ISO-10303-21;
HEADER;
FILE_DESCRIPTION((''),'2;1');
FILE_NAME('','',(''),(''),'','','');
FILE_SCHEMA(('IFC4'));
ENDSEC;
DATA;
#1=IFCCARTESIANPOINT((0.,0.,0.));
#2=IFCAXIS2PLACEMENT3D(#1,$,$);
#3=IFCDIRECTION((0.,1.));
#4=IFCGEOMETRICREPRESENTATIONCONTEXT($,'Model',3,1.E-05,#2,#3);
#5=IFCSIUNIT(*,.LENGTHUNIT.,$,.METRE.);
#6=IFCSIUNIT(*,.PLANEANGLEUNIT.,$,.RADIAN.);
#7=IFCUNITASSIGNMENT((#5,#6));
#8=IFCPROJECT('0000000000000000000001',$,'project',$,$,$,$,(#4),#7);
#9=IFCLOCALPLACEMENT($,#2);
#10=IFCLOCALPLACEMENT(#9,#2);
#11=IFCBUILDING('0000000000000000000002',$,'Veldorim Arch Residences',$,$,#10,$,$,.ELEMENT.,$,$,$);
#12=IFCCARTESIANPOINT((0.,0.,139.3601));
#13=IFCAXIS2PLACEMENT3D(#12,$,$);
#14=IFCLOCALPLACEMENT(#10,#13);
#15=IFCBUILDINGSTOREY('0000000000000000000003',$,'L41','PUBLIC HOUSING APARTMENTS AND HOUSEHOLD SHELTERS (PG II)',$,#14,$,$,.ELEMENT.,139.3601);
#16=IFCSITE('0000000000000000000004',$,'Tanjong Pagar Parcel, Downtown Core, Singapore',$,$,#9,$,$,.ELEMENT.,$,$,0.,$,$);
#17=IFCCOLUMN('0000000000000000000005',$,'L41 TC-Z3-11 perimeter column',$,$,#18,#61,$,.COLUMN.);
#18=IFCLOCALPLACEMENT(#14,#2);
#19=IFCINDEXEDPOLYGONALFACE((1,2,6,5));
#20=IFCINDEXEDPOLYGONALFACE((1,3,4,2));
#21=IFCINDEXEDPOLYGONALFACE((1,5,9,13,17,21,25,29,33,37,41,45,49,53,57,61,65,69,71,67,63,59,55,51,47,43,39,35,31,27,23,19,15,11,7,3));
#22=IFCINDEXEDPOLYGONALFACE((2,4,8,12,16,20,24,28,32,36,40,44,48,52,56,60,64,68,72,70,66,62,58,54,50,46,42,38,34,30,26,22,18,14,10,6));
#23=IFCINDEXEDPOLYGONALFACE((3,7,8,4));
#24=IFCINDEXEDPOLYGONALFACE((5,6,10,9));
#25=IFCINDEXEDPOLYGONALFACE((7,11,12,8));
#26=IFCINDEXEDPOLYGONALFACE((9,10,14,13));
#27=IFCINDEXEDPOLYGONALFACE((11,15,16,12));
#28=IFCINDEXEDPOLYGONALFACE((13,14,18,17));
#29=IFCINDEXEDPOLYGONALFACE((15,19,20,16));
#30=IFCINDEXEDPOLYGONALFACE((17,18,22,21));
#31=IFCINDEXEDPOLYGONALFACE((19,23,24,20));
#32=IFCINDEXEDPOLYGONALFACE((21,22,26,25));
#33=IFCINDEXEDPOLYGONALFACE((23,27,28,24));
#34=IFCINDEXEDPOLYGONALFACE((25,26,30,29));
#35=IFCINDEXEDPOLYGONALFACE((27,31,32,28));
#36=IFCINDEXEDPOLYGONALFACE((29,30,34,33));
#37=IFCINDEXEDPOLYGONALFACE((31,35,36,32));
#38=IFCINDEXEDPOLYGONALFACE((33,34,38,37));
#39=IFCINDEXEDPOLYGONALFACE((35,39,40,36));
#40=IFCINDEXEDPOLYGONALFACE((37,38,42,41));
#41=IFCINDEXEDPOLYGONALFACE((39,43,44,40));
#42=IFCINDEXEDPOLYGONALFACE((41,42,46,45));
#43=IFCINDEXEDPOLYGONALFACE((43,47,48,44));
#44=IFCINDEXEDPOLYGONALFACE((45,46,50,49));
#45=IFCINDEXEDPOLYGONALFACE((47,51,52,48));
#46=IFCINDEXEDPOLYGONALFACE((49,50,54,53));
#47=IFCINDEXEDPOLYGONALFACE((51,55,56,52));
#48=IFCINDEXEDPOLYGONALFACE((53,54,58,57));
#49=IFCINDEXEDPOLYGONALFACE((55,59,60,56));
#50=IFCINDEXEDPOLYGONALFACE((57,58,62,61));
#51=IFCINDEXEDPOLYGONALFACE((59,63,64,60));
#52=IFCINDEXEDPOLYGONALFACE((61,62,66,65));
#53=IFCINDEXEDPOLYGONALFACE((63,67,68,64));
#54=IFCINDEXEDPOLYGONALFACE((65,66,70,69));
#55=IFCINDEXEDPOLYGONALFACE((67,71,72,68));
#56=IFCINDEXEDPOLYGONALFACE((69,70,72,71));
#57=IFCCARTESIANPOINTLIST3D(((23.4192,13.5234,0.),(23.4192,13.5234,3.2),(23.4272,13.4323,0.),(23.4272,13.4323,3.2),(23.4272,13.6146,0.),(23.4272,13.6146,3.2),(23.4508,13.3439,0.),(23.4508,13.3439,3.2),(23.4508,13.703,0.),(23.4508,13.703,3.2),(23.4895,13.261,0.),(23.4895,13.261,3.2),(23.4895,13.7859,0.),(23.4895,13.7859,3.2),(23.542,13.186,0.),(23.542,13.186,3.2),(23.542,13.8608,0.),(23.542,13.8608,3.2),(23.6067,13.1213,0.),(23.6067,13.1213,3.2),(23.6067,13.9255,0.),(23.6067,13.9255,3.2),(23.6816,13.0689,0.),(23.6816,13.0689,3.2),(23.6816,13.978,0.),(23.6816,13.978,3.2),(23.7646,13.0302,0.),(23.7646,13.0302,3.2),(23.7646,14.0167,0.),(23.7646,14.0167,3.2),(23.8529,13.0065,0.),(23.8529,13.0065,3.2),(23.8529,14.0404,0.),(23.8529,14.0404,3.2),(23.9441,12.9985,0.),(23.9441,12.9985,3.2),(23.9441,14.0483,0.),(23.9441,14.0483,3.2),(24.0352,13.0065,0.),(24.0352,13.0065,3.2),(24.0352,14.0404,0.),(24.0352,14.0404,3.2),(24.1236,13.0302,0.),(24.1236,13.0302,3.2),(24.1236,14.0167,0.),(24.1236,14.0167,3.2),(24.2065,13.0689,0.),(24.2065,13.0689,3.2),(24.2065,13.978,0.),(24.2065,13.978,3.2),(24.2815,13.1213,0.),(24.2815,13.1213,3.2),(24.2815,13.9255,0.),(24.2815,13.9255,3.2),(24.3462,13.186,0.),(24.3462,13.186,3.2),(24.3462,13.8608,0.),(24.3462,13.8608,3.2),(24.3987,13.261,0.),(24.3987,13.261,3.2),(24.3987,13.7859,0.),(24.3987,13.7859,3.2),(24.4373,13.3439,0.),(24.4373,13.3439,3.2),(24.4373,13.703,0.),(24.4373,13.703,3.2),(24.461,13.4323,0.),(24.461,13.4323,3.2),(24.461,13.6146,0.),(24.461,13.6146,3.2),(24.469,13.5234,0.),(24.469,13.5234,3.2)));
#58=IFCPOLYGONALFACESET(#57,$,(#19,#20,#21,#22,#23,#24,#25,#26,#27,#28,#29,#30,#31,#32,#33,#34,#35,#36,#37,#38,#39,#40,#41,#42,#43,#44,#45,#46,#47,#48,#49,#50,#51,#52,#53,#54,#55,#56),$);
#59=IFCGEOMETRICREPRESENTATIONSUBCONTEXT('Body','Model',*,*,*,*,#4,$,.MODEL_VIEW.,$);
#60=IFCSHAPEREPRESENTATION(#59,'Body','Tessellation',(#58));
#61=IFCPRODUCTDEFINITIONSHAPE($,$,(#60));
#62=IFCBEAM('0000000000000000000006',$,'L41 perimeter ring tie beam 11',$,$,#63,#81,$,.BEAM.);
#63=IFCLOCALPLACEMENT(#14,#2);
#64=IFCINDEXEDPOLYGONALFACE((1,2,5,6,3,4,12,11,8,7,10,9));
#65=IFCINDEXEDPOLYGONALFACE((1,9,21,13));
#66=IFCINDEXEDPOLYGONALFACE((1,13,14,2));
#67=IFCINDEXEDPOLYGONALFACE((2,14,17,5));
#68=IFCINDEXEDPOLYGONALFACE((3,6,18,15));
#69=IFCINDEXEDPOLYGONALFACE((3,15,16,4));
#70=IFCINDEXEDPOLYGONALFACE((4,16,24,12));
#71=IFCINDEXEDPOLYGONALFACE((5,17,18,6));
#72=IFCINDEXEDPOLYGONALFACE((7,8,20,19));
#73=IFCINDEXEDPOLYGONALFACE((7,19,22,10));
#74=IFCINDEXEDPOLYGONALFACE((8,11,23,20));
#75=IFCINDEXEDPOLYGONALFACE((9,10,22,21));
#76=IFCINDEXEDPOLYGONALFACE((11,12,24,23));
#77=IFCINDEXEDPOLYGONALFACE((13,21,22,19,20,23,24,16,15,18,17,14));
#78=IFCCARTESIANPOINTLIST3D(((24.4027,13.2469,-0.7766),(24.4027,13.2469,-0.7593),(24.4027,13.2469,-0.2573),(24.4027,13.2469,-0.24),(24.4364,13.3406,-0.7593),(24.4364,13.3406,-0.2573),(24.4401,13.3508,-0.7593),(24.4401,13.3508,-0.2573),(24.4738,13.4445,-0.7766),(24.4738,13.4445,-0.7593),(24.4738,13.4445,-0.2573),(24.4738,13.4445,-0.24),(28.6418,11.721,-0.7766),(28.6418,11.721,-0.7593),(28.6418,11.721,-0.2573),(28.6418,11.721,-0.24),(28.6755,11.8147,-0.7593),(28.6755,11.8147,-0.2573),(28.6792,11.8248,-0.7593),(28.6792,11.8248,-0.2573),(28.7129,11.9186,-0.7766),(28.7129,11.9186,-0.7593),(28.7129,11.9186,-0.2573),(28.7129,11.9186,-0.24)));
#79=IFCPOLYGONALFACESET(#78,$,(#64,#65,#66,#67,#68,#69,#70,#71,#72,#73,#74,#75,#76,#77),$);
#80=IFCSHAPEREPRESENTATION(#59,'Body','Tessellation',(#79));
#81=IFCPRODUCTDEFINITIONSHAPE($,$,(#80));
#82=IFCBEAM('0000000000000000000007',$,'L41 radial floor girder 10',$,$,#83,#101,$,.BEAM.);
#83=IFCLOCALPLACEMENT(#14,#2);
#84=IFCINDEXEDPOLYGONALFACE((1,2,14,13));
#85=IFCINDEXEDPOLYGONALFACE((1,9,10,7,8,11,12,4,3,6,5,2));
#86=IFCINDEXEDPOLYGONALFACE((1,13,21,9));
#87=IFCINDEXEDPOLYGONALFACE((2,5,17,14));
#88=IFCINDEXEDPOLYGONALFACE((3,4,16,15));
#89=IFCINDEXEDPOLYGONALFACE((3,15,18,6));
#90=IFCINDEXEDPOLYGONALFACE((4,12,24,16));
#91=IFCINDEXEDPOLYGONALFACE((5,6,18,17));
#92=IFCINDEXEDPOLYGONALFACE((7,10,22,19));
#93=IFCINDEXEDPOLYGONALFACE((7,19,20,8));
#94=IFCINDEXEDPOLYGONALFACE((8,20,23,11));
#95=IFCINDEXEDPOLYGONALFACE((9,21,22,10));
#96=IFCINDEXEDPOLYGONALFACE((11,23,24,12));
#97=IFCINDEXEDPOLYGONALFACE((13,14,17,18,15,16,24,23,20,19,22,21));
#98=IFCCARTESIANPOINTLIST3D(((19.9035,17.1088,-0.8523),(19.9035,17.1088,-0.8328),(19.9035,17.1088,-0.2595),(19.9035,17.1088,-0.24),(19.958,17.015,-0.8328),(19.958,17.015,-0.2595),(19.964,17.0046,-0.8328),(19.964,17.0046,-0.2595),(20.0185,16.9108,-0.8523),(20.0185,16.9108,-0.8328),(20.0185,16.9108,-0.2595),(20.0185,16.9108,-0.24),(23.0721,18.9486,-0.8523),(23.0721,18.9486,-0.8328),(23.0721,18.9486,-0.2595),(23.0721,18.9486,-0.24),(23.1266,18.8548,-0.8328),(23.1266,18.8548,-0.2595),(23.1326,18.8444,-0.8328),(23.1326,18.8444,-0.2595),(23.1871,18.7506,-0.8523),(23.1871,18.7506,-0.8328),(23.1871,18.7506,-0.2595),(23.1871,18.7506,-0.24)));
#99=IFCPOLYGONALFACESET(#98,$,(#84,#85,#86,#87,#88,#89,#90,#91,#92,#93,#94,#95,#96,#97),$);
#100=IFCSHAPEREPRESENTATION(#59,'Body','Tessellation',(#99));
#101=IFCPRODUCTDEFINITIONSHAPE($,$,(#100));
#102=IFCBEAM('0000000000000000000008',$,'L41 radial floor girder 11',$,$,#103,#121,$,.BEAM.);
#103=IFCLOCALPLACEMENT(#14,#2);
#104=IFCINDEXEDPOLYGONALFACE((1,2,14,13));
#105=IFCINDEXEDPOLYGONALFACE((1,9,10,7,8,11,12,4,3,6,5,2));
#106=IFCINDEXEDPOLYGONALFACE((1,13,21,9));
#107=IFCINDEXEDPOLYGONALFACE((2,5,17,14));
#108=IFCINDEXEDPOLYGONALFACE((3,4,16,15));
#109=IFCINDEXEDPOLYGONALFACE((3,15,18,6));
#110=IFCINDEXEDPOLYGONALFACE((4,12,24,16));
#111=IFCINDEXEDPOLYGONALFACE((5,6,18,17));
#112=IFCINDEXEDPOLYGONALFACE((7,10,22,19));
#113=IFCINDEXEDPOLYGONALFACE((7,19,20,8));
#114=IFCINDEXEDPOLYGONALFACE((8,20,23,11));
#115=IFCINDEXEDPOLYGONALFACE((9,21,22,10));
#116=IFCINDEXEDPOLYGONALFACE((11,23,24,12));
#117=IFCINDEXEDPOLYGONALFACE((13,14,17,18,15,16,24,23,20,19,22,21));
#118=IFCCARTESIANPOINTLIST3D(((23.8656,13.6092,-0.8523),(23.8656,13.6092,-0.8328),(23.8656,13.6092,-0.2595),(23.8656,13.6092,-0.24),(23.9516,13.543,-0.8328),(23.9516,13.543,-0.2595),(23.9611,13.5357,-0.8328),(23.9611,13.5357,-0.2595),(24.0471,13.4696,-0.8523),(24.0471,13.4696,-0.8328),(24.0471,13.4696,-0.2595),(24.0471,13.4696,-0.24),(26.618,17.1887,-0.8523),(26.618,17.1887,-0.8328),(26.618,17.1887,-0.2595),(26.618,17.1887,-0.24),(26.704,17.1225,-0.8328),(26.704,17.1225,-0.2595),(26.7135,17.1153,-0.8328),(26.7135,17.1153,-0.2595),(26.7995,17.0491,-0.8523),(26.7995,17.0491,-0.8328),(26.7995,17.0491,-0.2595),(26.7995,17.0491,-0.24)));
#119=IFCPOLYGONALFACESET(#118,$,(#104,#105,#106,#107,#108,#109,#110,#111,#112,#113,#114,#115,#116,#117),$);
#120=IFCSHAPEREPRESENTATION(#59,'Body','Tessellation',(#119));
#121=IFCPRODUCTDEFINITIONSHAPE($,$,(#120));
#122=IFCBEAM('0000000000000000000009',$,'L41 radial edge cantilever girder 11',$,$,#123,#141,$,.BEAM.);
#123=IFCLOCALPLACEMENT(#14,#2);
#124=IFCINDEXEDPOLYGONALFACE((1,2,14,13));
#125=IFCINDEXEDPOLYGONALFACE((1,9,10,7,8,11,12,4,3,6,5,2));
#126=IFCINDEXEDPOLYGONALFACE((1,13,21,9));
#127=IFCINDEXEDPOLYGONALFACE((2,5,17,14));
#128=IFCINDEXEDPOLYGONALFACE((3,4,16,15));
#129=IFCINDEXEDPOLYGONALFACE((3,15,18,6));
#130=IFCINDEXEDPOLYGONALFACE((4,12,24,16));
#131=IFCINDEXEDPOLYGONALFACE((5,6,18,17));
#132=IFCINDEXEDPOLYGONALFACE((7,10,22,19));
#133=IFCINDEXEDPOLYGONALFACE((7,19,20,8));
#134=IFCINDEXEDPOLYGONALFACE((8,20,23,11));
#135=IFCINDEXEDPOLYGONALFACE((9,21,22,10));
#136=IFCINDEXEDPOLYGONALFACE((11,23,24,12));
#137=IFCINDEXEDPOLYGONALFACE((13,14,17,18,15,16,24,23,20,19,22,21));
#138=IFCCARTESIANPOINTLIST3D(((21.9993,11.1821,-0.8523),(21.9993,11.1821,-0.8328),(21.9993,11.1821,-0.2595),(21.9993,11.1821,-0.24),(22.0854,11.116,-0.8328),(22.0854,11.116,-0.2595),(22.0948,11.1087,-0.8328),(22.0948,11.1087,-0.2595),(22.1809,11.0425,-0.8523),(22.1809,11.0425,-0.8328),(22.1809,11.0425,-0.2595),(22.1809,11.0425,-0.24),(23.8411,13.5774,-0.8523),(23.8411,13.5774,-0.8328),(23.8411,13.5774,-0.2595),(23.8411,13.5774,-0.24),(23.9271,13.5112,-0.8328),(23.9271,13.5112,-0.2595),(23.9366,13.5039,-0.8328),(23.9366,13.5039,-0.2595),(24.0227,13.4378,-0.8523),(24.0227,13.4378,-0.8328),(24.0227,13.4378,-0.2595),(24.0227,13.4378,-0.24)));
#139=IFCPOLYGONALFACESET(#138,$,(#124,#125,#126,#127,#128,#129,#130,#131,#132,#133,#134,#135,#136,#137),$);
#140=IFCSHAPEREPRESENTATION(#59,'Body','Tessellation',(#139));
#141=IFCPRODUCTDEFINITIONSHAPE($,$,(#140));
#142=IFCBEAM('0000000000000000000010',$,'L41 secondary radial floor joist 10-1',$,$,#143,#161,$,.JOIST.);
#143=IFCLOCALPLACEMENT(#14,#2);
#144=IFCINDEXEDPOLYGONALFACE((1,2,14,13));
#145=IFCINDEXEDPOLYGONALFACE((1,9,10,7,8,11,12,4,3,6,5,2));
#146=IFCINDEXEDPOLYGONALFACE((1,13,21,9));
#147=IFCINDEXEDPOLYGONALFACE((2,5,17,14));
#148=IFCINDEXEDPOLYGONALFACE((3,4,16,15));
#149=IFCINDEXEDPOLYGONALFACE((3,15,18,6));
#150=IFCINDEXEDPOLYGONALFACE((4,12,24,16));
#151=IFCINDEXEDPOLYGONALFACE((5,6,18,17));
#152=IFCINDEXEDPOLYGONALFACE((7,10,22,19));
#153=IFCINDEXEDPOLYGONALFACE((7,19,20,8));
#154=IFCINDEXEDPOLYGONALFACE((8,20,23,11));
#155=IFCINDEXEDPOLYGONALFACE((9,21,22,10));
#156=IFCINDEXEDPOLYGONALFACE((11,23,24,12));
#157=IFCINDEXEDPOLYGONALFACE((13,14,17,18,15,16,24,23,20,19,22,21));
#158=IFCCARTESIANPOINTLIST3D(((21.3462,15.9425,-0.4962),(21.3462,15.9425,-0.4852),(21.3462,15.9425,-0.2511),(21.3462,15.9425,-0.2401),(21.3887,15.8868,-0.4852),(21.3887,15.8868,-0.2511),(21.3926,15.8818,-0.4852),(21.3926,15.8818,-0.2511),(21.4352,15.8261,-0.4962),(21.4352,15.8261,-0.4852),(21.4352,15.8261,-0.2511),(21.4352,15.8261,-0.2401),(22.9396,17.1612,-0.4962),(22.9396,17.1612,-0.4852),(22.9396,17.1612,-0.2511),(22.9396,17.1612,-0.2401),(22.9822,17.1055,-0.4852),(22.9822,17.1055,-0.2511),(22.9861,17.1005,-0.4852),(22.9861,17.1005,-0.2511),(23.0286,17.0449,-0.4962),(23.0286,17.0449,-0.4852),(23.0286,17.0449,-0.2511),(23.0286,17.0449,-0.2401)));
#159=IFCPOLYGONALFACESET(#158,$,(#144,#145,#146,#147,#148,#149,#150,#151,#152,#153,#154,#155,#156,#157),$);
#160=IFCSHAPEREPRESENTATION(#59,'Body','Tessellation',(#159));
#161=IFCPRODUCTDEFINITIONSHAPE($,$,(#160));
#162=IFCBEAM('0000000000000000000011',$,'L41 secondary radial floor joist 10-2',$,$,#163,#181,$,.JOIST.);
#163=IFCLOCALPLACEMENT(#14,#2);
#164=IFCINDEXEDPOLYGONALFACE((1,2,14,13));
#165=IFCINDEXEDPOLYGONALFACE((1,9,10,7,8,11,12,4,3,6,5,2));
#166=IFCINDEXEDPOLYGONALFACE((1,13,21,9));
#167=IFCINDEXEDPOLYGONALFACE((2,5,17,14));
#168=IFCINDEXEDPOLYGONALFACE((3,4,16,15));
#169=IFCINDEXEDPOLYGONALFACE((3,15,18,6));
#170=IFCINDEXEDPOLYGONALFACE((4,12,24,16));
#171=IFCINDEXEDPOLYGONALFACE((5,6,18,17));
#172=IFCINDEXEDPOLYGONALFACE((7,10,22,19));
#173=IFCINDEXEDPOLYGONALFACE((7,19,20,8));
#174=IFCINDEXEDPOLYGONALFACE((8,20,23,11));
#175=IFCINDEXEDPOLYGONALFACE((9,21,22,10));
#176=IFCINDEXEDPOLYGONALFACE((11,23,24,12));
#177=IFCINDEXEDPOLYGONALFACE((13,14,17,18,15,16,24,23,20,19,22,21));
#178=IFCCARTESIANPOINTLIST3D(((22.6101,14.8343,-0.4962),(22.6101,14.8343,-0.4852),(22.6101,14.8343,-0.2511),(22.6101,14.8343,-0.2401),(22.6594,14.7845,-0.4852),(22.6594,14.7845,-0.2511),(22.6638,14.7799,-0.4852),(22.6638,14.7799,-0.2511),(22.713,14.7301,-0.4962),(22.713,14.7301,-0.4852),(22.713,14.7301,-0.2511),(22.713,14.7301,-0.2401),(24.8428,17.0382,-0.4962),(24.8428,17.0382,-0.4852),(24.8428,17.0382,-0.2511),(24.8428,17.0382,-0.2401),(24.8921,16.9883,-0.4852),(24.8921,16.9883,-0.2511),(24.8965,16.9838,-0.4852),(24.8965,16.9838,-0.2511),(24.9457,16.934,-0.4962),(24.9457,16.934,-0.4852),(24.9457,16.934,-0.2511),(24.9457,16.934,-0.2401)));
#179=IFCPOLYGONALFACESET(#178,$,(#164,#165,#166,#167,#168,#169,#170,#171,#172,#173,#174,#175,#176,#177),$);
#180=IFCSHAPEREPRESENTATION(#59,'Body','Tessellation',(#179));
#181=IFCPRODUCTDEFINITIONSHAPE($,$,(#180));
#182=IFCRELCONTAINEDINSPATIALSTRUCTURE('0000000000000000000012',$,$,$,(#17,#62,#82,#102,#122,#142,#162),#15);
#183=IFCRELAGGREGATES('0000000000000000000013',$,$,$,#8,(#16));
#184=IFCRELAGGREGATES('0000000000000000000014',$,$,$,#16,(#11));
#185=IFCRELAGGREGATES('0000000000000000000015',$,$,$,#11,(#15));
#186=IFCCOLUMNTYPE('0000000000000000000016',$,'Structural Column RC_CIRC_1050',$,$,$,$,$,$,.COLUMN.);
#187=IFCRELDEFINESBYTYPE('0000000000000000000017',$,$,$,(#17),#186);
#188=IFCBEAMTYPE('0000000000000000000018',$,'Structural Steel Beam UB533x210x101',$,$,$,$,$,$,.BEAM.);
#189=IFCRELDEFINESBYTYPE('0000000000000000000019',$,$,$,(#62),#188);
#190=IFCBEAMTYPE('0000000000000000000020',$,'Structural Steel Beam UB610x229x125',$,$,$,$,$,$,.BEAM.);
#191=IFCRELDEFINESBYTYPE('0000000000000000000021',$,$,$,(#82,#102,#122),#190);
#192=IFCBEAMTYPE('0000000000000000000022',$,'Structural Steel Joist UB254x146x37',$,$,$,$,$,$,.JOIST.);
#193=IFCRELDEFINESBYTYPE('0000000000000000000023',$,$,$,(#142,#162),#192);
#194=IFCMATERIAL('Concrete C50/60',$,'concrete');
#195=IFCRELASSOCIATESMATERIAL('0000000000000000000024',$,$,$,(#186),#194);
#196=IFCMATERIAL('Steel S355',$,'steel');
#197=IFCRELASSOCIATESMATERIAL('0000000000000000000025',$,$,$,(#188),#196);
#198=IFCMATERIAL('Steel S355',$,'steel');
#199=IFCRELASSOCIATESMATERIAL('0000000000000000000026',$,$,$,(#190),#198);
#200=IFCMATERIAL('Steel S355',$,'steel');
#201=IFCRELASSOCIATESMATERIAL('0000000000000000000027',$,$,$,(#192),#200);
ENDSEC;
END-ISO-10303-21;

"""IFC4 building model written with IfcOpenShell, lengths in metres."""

from ifc_helpers import new_model, si_unit, direction, frame, origin, origin_2d, place, context, subcontext, project, spatial, circle, i_section, extrude, material, material_profile, profile_set, type_object, element, save


model = new_model("IFC4")

# Units and contexts
model_context = context("Model", 3, precision=1e-05, world=origin(), true_north=direction((0.0, 1.0)))
body_context = subcontext(model_context, "Body", "Model", "MODEL_VIEW")
ifc_project = project(units=[si_unit("LENGTHUNIT", "METRE"), si_unit("PLANEANGLEUNIT", "RADIAN")], contexts=[model_context])

# Site, building, storey
site_placement = place(None, origin())
site = spatial("IfcSite", under=ifc_project, at=site_placement, Name="Tanjong Pagar Parcel, Downtown Core, Singapore", CompositionType="ELEMENT", RefElevation=0.0)
building_placement = place(site_placement, origin())
building = spatial("IfcBuilding", under=site, at=building_placement, Name="Veldorim Arch Residences", CompositionType="ELEMENT")
storey_placement = place(building_placement, frame((0.0, 0.0, 139.3601)))
storey = spatial("IfcBuildingStorey", under=building, at=storey_placement, Name="L41", Description="PUBLIC HOUSING APARTMENTS AND HOUSEHOLD SHELTERS (PG II)", CompositionType="ELEMENT", Elevation=139.3601)

# Column
ifc_material_1 = material(Name="Concrete C50/60", Category="concrete")
ifc_material_profile_1 = material_profile(ifc_material_1, circle(Radius=0.5249, at=origin_2d()), Name="RC_CIRC_1050")
ifc_profile_set_1 = profile_set([ifc_material_profile_1], Name="Concrete C50/60")
column_type = type_object("IfcColumnType", Name="Structural Column RC_CIRC_1050", PredefinedType="COLUMN", material=ifc_profile_set_1)
column_placement = place(storey_placement, frame((23.9441, 13.5234, 0.0), z_axis=(0.0, 0.0, 1.0), x_axis=(1.0, 0.0, 0.0)))
element("IfcColumn", 1, at=column_placement, inside=storey, type_object=column_type, Name="L41 TC-Z3-11 perimeter column", PredefinedType="COLUMN", context=body_context, shape_type="SweptSolid", body=[
    extrude(circle(Radius=0.5249, at=origin_2d()), origin(), (0.0, 0.0, 1.0), 3.2),
])

# Beams
ifc_material_2 = material(Name="Steel S355", Category="steel")
ifc_material_profile_2 = material_profile(ifc_material_2, i_section(OverallWidth=0.21, OverallDepth=0.5366, WebThickness=0.0107, FlangeThickness=0.0173, at=origin_2d()), Name="UB533x210x101")
ifc_profile_set_2 = profile_set([ifc_material_profile_2], Name="Steel S355")
beam_type_1 = type_object("IfcBeamType", Name="Structural Steel Beam UB533x210x101", PredefinedType="BEAM", material=ifc_profile_set_2)
beam_1_placement = place(storey_placement, frame((24.4382, 13.3457, -0.5083), z_axis=(0.940899, -0.338687, 0.0), x_axis=(0.338687, 0.940899, 0.0)))
element("IfcBeam", 2, at=beam_1_placement, inside=storey, type_object=beam_type_1, Name="L41 perimeter ring tie beam 11", PredefinedType="BEAM", context=body_context, shape_type="SweptSolid", body=[
    extrude(i_section(OverallWidth=0.21, OverallDepth=0.5366, WebThickness=0.0107, FlangeThickness=0.0173, at=origin_2d()), origin(), (0.0, 0.0, 1.0), 4.5054),
])
ifc_material_3 = material(Name="Steel S355", Category="steel")
ifc_material_profile_3 = material_profile(ifc_material_3, i_section(OverallWidth=0.229, OverallDepth=0.6123, WebThickness=0.012, FlangeThickness=0.0195, at=origin_2d()), Name="UB610x229x125")
ifc_profile_set_3 = profile_set([ifc_material_profile_3], Name="Steel S355")
beam_type_2 = type_object("IfcBeamType", Name="Structural Steel Beam UB610x229x125", PredefinedType="BEAM", material=ifc_profile_set_3)
beam_2_placement = place(storey_placement, frame((23.1296, 18.8496, -0.5461), z_axis=(-0.864795, -0.502126, 0.0), x_axis=(0.502126, -0.864795, 0.0)))
element("IfcBeam", 3, at=beam_2_placement, inside=storey, type_object=beam_type_2, Name="L41 radial floor girder 10", PredefinedType="BEAM", context=body_context, shape_type="SweptSolid", body=[
    extrude(i_section(OverallWidth=0.229, OverallDepth=0.6123, WebThickness=0.012, FlangeThickness=0.0195, at=origin_2d()), origin(), (0.0, 0.0, 1.0), 3.6641),
])
beam_3_placement = place(storey_placement, frame((26.7087, 17.1189, -0.5461), z_axis=(-0.609559, -0.792741, 0.0), x_axis=(0.792741, -0.609559, 0.0)))
element("IfcBeam", 4, at=beam_3_placement, inside=storey, type_object=beam_type_2, Name="L41 radial floor girder 11", PredefinedType="BEAM", context=body_context, shape_type="SweptSolid", body=[
    extrude(i_section(OverallWidth=0.229, OverallDepth=0.6123, WebThickness=0.012, FlangeThickness=0.0195, at=origin_2d()), origin(), (0.0, 0.0, 1.0), 4.5154),
])
beam_4_placement = place(storey_placement, frame((23.9319, 13.5076, -0.5461), z_axis=(-0.609562, -0.792738, 0.0), x_axis=(0.792738, -0.609562, 0.0)))
element("IfcBeam", 5, at=beam_4_placement, inside=storey, type_object=beam_type_2, Name="L41 radial edge cantilever girder 11", PredefinedType="BEAM", context=body_context, shape_type="SweptSolid", body=[
    extrude(i_section(OverallWidth=0.229, OverallDepth=0.6123, WebThickness=0.012, FlangeThickness=0.0195, at=origin_2d()), origin(), (0.0, 0.0, 1.0), 3.0215),
])
ifc_material_4 = material(Name="Steel S355", Category="steel")
ifc_material_profile_4 = material_profile(ifc_material_4, i_section(OverallWidth=0.1465, OverallDepth=0.2561, WebThickness=0.0063, FlangeThickness=0.011, at=origin_2d()), Name="UB254x146x37")
ifc_profile_set_4 = profile_set([ifc_material_profile_4], Name="Steel S355")
beam_type_3 = type_object("IfcBeamType", Name="Structural Steel Joist UB254x146x37", PredefinedType="JOIST", material=ifc_profile_set_4)
beam_5_placement = place(storey_placement, frame((22.9841, 17.103, -0.3682), z_axis=(-0.794313, -0.607509, 0.0), x_axis=(0.607509, -0.794313, 0.0)))
element("IfcBeam", 6, at=beam_5_placement, inside=storey, type_object=beam_type_3, Name="L41 secondary radial floor joist 10-1", PredefinedType="JOIST", context=body_context, shape_type="SweptSolid", body=[
    extrude(i_section(OverallWidth=0.1465, OverallDepth=0.2561, WebThickness=0.0063, FlangeThickness=0.011, at=origin_2d()), origin(), (0.0, 0.0, 1.0), 2.0061),
])
beam_6_placement = place(storey_placement, frame((24.8943, 16.9861, -0.3682), z_axis=(-0.711683, -0.7025, 0.0), x_axis=(0.7025, -0.711683, 0.0)))
element("IfcBeam", 7, at=beam_6_placement, inside=storey, type_object=beam_type_3, Name="L41 secondary radial floor joist 10-2", PredefinedType="JOIST", context=body_context, shape_type="SweptSolid", body=[
    extrude(i_section(OverallWidth=0.1465, OverallDepth=0.2561, WebThickness=0.0063, FlangeThickness=0.011, at=origin_2d()), origin(), (0.0, 0.0, 1.0), 3.1372),
])

save(model, "model.ifc")
